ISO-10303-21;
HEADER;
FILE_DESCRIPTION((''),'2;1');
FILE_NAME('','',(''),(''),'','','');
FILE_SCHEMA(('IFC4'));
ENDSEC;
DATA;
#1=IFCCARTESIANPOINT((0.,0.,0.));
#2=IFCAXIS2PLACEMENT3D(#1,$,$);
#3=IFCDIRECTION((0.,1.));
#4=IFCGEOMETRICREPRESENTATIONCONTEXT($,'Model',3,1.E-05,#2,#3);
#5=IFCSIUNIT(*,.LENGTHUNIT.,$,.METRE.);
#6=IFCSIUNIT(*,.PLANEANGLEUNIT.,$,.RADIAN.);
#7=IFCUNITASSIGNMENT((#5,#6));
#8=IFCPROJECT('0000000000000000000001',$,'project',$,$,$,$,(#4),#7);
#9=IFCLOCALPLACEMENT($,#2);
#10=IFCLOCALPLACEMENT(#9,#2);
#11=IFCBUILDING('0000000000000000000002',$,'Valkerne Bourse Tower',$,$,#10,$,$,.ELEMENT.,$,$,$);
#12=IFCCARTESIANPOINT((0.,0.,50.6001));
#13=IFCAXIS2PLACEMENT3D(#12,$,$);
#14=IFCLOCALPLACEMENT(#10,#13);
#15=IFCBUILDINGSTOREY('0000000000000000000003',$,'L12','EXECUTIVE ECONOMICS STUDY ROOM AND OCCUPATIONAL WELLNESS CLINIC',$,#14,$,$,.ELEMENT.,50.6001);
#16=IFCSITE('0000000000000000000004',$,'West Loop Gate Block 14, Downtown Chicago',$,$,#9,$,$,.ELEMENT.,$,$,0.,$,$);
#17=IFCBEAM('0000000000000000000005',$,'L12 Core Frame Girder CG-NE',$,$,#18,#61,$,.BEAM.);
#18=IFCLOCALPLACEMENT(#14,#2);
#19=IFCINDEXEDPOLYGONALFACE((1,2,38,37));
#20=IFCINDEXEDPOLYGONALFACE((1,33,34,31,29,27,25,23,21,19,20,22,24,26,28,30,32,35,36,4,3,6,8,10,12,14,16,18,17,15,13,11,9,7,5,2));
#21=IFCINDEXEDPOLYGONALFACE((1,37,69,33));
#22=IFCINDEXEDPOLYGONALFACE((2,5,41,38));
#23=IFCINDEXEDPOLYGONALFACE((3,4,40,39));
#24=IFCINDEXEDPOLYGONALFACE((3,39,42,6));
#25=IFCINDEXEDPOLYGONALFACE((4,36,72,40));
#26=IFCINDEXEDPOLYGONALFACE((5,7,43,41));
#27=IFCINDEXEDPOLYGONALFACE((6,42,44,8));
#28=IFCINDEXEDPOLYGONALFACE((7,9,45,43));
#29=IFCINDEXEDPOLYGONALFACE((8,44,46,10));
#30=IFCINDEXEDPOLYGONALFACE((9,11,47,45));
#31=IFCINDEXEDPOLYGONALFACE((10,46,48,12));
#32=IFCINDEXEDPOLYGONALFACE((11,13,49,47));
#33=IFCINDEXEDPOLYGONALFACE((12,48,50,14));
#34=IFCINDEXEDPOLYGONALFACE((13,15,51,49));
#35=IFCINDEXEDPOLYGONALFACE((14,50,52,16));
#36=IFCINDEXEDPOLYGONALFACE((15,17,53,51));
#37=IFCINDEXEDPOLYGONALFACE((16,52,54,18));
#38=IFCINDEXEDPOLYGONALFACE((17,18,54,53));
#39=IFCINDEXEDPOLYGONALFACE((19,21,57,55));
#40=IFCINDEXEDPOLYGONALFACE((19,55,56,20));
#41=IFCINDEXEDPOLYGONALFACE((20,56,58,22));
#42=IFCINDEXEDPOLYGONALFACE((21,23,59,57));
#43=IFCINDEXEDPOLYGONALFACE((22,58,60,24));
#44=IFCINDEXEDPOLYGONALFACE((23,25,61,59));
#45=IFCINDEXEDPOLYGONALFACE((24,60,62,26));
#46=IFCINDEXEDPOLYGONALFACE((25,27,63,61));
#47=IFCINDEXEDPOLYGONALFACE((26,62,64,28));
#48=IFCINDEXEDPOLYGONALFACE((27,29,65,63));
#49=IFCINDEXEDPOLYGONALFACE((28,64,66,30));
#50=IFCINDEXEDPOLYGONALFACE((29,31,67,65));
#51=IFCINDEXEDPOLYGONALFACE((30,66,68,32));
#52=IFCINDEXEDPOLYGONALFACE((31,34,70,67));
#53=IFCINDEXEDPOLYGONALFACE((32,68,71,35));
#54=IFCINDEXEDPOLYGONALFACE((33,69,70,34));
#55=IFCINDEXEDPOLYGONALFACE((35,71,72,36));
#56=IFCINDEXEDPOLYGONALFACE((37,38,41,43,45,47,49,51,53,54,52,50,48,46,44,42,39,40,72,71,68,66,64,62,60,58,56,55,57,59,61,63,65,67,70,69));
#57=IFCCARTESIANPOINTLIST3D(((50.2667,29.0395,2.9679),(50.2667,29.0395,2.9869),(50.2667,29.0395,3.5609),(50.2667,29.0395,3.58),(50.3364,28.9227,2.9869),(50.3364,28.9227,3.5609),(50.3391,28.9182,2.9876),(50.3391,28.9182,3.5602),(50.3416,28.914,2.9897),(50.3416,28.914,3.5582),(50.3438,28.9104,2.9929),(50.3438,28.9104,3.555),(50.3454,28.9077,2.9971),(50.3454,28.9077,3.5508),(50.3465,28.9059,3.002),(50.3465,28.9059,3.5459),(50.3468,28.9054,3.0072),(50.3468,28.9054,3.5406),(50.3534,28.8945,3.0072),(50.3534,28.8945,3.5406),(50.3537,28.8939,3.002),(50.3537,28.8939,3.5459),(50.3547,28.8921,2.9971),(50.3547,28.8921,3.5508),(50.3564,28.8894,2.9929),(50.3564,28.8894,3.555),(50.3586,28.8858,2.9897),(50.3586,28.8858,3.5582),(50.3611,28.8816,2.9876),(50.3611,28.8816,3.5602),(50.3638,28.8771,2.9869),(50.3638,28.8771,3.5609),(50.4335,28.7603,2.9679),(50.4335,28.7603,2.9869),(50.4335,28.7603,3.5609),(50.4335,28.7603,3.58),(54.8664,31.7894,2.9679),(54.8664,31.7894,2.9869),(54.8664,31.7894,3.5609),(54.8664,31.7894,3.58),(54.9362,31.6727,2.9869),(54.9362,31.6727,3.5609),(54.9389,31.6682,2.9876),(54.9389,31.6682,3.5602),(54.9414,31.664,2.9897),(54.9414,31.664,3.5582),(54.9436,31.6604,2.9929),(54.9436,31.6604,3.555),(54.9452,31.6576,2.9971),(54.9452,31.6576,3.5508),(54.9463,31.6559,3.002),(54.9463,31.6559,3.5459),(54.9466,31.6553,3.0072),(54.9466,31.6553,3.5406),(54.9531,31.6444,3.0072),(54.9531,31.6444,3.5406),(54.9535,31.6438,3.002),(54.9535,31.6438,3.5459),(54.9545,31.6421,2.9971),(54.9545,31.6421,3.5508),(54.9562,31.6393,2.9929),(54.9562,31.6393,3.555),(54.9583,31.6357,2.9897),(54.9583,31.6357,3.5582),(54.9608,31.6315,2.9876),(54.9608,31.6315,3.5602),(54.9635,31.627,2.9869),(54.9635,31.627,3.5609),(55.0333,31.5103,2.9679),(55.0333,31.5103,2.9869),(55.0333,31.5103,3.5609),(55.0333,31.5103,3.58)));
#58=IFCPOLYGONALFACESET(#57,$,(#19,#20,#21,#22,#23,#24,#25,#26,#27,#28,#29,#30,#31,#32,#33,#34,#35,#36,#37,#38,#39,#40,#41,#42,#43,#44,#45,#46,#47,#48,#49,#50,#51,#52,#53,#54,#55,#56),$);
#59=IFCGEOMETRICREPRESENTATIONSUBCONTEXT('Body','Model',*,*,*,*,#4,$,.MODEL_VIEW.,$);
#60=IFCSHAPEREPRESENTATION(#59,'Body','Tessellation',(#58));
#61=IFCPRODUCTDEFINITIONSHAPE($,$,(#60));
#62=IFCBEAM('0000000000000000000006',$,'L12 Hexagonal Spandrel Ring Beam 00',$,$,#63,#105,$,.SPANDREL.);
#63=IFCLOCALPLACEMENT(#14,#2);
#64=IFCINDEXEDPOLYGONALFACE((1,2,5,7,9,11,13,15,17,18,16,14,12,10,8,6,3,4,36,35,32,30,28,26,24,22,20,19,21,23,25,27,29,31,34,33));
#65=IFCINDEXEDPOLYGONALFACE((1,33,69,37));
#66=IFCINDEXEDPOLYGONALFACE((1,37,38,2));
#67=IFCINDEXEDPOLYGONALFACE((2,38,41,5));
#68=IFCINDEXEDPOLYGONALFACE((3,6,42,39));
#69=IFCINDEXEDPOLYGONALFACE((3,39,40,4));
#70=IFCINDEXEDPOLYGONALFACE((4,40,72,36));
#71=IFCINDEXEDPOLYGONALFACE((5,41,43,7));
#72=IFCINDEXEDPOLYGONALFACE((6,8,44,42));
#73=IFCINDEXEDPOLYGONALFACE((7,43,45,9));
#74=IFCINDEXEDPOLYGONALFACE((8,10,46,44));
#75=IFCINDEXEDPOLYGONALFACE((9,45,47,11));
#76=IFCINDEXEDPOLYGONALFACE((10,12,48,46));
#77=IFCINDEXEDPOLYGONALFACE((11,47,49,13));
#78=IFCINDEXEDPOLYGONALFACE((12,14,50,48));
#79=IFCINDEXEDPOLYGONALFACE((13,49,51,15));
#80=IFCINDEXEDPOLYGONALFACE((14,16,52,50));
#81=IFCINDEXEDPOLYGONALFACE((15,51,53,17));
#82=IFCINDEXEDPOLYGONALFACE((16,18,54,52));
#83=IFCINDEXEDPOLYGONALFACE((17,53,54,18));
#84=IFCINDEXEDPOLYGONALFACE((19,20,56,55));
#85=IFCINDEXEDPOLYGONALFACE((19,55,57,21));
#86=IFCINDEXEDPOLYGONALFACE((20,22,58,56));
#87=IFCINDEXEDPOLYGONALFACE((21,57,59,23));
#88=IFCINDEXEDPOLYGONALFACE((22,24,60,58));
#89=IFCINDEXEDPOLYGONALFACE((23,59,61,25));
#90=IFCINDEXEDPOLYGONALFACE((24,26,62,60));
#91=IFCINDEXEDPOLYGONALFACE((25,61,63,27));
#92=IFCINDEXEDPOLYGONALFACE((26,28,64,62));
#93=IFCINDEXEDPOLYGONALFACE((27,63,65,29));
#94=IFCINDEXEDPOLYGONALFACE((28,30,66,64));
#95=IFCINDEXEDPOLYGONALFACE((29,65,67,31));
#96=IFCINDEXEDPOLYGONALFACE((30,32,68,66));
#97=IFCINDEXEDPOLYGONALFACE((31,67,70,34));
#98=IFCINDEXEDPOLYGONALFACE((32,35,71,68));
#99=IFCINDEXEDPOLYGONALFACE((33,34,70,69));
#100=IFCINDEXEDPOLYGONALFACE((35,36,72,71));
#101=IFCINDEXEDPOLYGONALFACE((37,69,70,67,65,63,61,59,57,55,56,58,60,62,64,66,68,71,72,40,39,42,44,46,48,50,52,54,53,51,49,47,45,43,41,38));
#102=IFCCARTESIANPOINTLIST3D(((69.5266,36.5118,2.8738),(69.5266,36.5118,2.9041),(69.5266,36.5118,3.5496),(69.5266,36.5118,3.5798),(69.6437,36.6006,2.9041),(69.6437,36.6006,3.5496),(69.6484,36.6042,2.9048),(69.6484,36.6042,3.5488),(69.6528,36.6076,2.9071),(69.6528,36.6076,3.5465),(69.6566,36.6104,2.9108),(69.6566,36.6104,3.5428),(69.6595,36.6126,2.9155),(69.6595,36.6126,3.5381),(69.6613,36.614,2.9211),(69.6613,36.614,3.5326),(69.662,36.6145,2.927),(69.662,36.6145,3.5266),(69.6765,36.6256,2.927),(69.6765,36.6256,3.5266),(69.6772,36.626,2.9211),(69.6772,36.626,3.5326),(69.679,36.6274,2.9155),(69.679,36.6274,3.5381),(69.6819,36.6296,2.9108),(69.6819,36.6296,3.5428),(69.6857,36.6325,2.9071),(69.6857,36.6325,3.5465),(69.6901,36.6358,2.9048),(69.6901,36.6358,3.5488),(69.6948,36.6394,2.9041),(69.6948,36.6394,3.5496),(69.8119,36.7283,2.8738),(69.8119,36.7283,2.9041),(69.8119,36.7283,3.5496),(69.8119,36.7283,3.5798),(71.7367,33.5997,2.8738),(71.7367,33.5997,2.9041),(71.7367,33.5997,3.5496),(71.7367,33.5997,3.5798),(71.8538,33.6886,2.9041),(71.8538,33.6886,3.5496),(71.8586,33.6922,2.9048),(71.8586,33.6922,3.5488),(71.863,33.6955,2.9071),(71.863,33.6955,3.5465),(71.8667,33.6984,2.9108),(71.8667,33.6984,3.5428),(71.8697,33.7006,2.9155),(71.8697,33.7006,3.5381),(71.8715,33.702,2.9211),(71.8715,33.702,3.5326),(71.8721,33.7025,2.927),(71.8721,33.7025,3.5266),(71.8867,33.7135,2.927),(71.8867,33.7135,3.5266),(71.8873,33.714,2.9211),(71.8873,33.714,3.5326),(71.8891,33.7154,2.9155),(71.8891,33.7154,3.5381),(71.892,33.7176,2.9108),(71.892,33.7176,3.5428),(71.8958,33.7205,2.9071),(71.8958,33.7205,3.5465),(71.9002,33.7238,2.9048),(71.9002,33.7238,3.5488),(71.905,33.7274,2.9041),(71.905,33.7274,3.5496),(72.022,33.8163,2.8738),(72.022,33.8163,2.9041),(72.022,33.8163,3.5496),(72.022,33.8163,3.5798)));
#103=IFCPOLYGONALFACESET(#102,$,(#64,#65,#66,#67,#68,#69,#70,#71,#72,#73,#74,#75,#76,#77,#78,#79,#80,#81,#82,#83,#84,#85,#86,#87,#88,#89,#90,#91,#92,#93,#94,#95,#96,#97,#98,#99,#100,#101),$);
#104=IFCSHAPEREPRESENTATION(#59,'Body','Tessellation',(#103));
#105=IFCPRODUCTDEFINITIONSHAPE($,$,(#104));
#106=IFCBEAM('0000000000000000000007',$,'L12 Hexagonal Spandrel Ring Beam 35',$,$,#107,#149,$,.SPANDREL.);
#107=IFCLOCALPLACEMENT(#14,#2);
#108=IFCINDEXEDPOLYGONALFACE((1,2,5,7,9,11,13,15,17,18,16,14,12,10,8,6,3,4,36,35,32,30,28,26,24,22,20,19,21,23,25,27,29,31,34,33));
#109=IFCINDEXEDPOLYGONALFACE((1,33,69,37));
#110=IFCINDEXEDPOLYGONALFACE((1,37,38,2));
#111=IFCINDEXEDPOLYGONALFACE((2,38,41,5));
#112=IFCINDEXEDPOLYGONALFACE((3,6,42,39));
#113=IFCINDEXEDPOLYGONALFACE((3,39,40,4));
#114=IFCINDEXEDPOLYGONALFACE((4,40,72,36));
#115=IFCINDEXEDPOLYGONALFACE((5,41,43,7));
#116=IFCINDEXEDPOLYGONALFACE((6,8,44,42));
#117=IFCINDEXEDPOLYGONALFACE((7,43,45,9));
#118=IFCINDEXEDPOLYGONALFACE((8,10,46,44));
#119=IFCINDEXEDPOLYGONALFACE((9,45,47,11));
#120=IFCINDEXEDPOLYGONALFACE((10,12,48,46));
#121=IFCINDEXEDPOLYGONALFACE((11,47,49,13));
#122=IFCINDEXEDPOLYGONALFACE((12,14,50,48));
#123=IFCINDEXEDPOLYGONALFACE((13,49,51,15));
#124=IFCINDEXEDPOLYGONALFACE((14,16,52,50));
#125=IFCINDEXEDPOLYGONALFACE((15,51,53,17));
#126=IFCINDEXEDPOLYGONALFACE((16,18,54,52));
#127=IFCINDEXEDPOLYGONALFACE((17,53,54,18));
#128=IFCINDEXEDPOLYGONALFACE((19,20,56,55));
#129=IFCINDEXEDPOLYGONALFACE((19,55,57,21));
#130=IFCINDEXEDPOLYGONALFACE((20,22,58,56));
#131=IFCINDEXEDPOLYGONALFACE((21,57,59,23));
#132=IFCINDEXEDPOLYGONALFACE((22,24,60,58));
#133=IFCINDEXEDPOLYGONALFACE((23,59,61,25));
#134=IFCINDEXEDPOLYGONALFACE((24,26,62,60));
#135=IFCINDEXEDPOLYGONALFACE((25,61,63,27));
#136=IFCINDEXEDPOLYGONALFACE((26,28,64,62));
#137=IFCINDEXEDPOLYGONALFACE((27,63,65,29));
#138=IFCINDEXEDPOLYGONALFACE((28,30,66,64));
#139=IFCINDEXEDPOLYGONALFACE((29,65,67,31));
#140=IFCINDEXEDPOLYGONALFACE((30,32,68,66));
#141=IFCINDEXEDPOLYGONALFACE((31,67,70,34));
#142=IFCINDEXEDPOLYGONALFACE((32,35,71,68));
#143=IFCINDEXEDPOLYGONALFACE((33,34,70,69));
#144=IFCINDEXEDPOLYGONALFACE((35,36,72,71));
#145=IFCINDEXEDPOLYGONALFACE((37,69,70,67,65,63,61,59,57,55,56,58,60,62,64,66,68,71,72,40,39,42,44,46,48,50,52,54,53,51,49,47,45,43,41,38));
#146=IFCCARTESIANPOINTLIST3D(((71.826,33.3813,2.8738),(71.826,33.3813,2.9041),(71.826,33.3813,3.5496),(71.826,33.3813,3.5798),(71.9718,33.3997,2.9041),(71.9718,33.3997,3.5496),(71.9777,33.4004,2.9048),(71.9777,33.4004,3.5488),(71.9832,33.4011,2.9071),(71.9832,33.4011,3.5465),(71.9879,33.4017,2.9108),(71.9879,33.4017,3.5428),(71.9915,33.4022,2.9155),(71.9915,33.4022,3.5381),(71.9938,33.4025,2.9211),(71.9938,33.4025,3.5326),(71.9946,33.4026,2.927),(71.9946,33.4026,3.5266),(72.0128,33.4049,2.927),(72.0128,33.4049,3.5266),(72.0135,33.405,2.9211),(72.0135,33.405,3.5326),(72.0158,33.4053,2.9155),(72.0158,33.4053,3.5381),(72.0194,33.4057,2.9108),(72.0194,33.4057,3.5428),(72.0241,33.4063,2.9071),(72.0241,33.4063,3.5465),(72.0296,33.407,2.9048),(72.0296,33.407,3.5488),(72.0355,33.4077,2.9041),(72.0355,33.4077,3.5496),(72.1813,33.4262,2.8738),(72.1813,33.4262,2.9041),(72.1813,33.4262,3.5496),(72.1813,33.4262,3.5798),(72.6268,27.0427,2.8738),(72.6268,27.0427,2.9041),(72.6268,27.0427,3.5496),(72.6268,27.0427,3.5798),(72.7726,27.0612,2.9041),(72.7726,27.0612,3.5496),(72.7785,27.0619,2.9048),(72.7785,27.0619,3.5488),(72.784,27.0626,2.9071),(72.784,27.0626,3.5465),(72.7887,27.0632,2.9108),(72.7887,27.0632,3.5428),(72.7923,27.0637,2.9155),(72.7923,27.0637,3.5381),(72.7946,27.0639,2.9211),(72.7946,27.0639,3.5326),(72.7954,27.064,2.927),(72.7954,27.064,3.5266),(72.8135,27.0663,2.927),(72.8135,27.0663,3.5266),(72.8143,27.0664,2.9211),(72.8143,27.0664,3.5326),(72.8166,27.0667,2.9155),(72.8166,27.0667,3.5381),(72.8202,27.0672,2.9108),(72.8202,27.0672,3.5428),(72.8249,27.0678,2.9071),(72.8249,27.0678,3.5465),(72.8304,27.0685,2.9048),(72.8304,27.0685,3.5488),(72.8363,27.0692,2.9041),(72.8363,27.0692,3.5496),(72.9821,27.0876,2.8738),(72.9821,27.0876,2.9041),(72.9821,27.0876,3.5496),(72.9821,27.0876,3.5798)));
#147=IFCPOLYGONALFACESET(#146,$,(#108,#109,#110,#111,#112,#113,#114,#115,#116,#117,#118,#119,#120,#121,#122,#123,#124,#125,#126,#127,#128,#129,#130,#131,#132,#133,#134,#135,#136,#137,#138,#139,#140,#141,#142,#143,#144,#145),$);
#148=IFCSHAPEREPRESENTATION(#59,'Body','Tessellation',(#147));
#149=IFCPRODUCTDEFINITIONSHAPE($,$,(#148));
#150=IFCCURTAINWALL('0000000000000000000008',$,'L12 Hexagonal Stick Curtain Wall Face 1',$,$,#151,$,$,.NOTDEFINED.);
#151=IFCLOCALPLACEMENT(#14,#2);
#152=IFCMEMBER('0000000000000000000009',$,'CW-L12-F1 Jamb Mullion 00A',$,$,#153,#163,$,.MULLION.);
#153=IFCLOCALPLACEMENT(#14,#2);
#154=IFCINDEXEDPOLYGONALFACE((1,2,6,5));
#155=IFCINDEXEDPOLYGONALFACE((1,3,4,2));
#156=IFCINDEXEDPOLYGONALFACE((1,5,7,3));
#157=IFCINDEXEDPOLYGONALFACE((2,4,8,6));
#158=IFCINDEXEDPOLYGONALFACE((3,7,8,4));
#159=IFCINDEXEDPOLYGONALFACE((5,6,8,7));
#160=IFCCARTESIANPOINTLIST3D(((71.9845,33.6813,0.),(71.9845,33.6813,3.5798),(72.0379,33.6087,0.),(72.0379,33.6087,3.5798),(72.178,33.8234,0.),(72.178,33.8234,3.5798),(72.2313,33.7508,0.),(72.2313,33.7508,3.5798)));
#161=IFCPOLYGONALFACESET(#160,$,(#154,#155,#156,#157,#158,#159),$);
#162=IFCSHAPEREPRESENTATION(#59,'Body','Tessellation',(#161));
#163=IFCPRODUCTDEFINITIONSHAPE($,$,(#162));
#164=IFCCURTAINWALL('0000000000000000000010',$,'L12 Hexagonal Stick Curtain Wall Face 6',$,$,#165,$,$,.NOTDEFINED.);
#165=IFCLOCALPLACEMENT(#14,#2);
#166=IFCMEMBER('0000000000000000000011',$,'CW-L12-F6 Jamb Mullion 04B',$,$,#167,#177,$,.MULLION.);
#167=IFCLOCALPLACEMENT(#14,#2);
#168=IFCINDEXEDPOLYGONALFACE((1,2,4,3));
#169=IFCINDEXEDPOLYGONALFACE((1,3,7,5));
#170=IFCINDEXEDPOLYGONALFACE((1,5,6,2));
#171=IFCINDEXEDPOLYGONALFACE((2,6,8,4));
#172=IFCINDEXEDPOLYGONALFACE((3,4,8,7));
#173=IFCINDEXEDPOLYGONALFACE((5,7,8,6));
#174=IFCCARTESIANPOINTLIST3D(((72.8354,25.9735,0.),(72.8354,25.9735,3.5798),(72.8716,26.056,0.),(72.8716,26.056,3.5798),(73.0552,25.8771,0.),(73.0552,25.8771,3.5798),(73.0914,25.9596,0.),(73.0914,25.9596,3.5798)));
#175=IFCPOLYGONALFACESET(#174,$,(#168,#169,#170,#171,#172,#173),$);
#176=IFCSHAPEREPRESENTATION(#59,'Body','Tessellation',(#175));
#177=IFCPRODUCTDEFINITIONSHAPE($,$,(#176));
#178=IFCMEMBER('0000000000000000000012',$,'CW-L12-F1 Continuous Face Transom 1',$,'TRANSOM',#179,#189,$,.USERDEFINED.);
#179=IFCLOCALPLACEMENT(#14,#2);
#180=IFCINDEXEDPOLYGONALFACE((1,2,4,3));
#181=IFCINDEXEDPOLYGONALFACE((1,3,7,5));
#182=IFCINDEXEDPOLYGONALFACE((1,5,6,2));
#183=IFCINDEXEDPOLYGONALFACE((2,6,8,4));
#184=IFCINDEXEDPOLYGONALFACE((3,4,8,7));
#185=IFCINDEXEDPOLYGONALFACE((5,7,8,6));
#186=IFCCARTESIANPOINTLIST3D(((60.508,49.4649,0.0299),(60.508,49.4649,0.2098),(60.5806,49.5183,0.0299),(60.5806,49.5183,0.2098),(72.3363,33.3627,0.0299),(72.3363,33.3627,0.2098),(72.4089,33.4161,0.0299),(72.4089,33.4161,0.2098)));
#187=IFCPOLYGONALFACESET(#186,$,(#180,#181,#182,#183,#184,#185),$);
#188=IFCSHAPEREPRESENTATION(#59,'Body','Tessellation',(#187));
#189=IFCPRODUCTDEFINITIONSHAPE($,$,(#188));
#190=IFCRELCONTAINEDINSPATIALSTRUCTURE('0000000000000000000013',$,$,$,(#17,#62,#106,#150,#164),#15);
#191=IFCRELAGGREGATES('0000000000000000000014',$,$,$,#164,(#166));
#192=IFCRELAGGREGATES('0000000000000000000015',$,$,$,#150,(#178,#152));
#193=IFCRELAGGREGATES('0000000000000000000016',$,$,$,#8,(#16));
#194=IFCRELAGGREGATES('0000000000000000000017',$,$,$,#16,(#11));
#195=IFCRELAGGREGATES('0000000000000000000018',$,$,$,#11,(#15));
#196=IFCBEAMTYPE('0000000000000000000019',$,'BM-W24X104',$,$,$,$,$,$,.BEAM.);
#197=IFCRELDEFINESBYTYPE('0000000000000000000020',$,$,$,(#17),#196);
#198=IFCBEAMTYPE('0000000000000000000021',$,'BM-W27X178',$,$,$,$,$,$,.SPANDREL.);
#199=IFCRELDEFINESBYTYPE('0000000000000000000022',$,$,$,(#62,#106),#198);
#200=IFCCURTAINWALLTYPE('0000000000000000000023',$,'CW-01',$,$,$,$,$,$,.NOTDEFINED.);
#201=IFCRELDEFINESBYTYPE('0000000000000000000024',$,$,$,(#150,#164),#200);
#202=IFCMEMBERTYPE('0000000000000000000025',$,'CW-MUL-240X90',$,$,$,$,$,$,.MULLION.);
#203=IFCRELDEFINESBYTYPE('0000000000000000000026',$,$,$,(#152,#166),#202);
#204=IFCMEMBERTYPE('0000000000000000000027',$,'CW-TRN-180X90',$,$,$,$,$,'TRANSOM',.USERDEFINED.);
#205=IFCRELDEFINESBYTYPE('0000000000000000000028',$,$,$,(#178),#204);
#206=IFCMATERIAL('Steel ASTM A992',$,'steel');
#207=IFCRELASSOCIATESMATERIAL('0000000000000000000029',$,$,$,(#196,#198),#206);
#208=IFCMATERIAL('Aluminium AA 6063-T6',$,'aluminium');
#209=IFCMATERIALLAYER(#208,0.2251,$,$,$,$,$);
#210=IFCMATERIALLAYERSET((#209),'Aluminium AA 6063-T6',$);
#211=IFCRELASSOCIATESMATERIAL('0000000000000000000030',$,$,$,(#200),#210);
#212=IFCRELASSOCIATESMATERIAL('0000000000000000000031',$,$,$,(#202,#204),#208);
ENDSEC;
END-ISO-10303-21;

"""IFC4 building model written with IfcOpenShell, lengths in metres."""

from ifc_helpers import new_model, si_unit, direction, frame, origin, origin_2d, place, context, subcontext, project, spatial, rectangle, i_section, extrude, material, layer, layer_set, material_profile, profile_set, type_object, element, aggregate, save


model = new_model("IFC4")

# Units and contexts
model_context = context("Model", 3, precision=1e-05, world=origin(), true_north=direction((0.0, 1.0)))
body_context = subcontext(model_context, "Body", "Model", "MODEL_VIEW")
ifc_project = project(units=[si_unit("LENGTHUNIT", "METRE"), si_unit("PLANEANGLEUNIT", "RADIAN")], contexts=[model_context])

# Site, building, storey
site_placement = place(None, origin())
site = spatial("IfcSite", under=ifc_project, at=site_placement, Name="West Loop Gate Block 14, Downtown Chicago", CompositionType="ELEMENT", RefElevation=0.0)
building_placement = place(site_placement, origin())
building = spatial("IfcBuilding", under=site, at=building_placement, Name="Valkerne Bourse Tower", CompositionType="ELEMENT")
storey_placement = place(building_placement, frame((0.0, 0.0, 50.6001)))
storey = spatial("IfcBuildingStorey", under=building, at=storey_placement, Name="L12", Description="EXECUTIVE ECONOMICS STUDY ROOM AND OCCUPATIONAL WELLNESS CLINIC", CompositionType="ELEMENT", Elevation=50.6001)

# Beams
ifc_material_1 = material(Name="Steel ASTM A992", Category="steel")
ifc_material_profile_1 = material_profile(ifc_material_1, i_section(OverallWidth=0.3252, OverallDepth=0.6121, WebThickness=0.0127, FlangeThickness=0.019, FilletRadius=0.0203, at=origin_2d()), Name="W24X104")
ifc_profile_set_1 = profile_set([ifc_material_profile_1], Name="Steel ASTM A992")
beam_type_1 = type_object("IfcBeamType", Name="BM-W24X104", PredefinedType="BEAM", material=ifc_profile_set_1)
beam_1_placement = place(storey_placement, frame((50.3501, 28.8999, 3.2739), z_axis=(0.858308, 0.513135, 0.0), x_axis=(-0.513135, 0.858308, 0.0)))
element("IfcBeam", 1, at=beam_1_placement, inside=storey, type_object=beam_type_1, Name="L12 Core Frame Girder CG-NE", PredefinedType="BEAM", context=body_context, shape_type="SweptSolid", body=[
    extrude(i_section(OverallWidth=0.3252, OverallDepth=0.6121, WebThickness=0.0127, FlangeThickness=0.019, FilletRadius=0.0203, at=origin_2d()), origin(), (0.0, 0.0, 1.0), 5.3591),
])
ifc_material_profile_2 = material_profile(ifc_material_1, i_section(OverallWidth=0.3582, OverallDepth=0.7061, WebThickness=0.0183, FlangeThickness=0.0303, FilletRadius=0.0229, at=origin_2d()), Name="W27X178")
ifc_profile_set_2 = profile_set([ifc_material_profile_2], Name="Steel ASTM A992")
beam_type_2 = type_object("IfcBeamType", Name="BM-W27X178", PredefinedType="SPANDREL", material=ifc_profile_set_2)
beam_2_placement = place(storey_placement, frame((71.8794, 33.708, 3.2268), z_axis=(-0.604563, 0.796557, 0.0), x_axis=(-0.796557, -0.604563, 0.0)))
element("IfcBeam", 2, at=beam_2_placement, inside=storey, type_object=beam_type_2, Name="L12 Hexagonal Spandrel Ring Beam 00", PredefinedType="SPANDREL", context=body_context, shape_type="SweptSolid", body=[
    extrude(i_section(OverallWidth=0.3582, OverallDepth=0.7061, WebThickness=0.0183, FlangeThickness=0.0303, FilletRadius=0.0229, at=origin_2d()), origin(), (0.0, 0.0, 1.0), 3.6558),
])
beam_3_placement = place(storey_placement, frame((72.8044, 27.0652, 3.2268), z_axis=(-0.125337, 0.992114, 0.0), x_axis=(-0.992114, -0.125337, 0.0)))
element("IfcBeam", 3, at=beam_3_placement, inside=storey, type_object=beam_type_2, Name="L12 Hexagonal Spandrel Ring Beam 35", PredefinedType="SPANDREL", context=body_context, shape_type="SweptSolid", body=[
    extrude(i_section(OverallWidth=0.3582, OverallDepth=0.7061, WebThickness=0.0183, FlangeThickness=0.0303, FilletRadius=0.0229, at=origin_2d()), origin(), (0.0, 0.0, 1.0), 6.3889),
])

# Curtain walls, members
ifc_material_2 = material(Name="Aluminium AA 6063-T6", Category="aluminium")
ifc_layer_1 = layer(ifc_material_2, 0.2251)
ifc_layer_set_1 = layer_set([ifc_layer_1], Name="Aluminium AA 6063-T6")
curtain_wall_type = type_object("IfcCurtainWallType", Name="CW-01", PredefinedType="NOTDEFINED", material=ifc_layer_set_1)
curtain_wall_1_placement = place(storey_placement, origin())
curtain_wall_1 = element("IfcCurtainWall", 4, at=curtain_wall_1_placement, inside=storey, type_object=curtain_wall_type, Name="L12 Hexagonal Stick Curtain Wall Face 1", PredefinedType="NOTDEFINED")
ifc_material_profile_3 = material_profile(ifc_material_2, rectangle(XDim=0.0901, YDim=0.24, at=origin_2d()), Name="CWM-90X240")
ifc_profile_set_3 = profile_set([ifc_material_profile_3], Name="Aluminium AA 6063-T6")
member_type_1 = type_object("IfcMemberType", Name="CW-MUL-240X90", PredefinedType="MULLION", material=ifc_profile_set_3)
member_1_placement = place(storey_placement, frame((72.1079, 33.7161, 0.0), z_axis=(0.0, 0.0, 1.0), x_axis=(-0.59201, 0.805931, 0.0)))
member_1 = element("IfcMember", 5, at=member_1_placement, type_object=member_type_1, Name="CW-L12-F1 Jamb Mullion 00A", PredefinedType="MULLION", context=body_context, shape_type="SweptSolid", body=[
    extrude(rectangle(XDim=0.0901, YDim=0.24, at=origin_2d()), origin(), (0.0, 0.0, 1.0), 3.5798),
])
curtain_wall_2_placement = place(storey_placement, origin())
curtain_wall_2 = element("IfcCurtainWall", 6, at=curtain_wall_2_placement, inside=storey, type_object=curtain_wall_type, Name="L12 Hexagonal Stick Curtain Wall Face 6", PredefinedType="NOTDEFINED")
member_2_placement = place(storey_placement, frame((72.9634, 25.9666, 0.0), z_axis=(0.0, 0.0, 1.0), x_axis=(0.401929, 0.915671, 0.0)))
member_2 = element("IfcMember", 7, at=member_2_placement, type_object=member_type_1, Name="CW-L12-F6 Jamb Mullion 04B", PredefinedType="MULLION", context=body_context, shape_type="SweptSolid", body=[
    extrude(rectangle(XDim=0.0901, YDim=0.24, at=origin_2d()), origin(), (0.0, 0.0, 1.0), 3.5798),
])
aggregate(curtain_wall_2, [member_2])

# Member
ifc_material_profile_4 = material_profile(ifc_material_2, rectangle(XDim=0.0901, YDim=0.1799, at=origin_2d()), Name="CWT-90X180")
ifc_profile_set_4 = profile_set([ifc_material_profile_4], Name="Aluminium AA 6063-T6")
member_type_2 = type_object("IfcMemberType", Name="CW-TRN-180X90", ElementType="TRANSOM", PredefinedType="USERDEFINED", material=ifc_profile_set_4)
member_3_placement = place(storey_placement, frame((72.3726, 33.3894, 0.1199), z_axis=(-0.592015, 0.805927, 0.0), x_axis=(-0.805927, -0.592015, 0.0)))
member_3 = element("IfcMember", 8, at=member_3_placement, type_object=member_type_2, Name="CW-L12-F1 Continuous Face Transom 1", ObjectType="TRANSOM", PredefinedType="USERDEFINED", context=body_context, shape_type="SweptSolid", body=[
    extrude(rectangle(XDim=0.0901, YDim=0.1799, at=origin_2d()), origin(), (0.0, 0.0, 1.0), 19.9797),
])

aggregate(curtain_wall_1, [member_3, member_1])

save(model, "model.ifc")
